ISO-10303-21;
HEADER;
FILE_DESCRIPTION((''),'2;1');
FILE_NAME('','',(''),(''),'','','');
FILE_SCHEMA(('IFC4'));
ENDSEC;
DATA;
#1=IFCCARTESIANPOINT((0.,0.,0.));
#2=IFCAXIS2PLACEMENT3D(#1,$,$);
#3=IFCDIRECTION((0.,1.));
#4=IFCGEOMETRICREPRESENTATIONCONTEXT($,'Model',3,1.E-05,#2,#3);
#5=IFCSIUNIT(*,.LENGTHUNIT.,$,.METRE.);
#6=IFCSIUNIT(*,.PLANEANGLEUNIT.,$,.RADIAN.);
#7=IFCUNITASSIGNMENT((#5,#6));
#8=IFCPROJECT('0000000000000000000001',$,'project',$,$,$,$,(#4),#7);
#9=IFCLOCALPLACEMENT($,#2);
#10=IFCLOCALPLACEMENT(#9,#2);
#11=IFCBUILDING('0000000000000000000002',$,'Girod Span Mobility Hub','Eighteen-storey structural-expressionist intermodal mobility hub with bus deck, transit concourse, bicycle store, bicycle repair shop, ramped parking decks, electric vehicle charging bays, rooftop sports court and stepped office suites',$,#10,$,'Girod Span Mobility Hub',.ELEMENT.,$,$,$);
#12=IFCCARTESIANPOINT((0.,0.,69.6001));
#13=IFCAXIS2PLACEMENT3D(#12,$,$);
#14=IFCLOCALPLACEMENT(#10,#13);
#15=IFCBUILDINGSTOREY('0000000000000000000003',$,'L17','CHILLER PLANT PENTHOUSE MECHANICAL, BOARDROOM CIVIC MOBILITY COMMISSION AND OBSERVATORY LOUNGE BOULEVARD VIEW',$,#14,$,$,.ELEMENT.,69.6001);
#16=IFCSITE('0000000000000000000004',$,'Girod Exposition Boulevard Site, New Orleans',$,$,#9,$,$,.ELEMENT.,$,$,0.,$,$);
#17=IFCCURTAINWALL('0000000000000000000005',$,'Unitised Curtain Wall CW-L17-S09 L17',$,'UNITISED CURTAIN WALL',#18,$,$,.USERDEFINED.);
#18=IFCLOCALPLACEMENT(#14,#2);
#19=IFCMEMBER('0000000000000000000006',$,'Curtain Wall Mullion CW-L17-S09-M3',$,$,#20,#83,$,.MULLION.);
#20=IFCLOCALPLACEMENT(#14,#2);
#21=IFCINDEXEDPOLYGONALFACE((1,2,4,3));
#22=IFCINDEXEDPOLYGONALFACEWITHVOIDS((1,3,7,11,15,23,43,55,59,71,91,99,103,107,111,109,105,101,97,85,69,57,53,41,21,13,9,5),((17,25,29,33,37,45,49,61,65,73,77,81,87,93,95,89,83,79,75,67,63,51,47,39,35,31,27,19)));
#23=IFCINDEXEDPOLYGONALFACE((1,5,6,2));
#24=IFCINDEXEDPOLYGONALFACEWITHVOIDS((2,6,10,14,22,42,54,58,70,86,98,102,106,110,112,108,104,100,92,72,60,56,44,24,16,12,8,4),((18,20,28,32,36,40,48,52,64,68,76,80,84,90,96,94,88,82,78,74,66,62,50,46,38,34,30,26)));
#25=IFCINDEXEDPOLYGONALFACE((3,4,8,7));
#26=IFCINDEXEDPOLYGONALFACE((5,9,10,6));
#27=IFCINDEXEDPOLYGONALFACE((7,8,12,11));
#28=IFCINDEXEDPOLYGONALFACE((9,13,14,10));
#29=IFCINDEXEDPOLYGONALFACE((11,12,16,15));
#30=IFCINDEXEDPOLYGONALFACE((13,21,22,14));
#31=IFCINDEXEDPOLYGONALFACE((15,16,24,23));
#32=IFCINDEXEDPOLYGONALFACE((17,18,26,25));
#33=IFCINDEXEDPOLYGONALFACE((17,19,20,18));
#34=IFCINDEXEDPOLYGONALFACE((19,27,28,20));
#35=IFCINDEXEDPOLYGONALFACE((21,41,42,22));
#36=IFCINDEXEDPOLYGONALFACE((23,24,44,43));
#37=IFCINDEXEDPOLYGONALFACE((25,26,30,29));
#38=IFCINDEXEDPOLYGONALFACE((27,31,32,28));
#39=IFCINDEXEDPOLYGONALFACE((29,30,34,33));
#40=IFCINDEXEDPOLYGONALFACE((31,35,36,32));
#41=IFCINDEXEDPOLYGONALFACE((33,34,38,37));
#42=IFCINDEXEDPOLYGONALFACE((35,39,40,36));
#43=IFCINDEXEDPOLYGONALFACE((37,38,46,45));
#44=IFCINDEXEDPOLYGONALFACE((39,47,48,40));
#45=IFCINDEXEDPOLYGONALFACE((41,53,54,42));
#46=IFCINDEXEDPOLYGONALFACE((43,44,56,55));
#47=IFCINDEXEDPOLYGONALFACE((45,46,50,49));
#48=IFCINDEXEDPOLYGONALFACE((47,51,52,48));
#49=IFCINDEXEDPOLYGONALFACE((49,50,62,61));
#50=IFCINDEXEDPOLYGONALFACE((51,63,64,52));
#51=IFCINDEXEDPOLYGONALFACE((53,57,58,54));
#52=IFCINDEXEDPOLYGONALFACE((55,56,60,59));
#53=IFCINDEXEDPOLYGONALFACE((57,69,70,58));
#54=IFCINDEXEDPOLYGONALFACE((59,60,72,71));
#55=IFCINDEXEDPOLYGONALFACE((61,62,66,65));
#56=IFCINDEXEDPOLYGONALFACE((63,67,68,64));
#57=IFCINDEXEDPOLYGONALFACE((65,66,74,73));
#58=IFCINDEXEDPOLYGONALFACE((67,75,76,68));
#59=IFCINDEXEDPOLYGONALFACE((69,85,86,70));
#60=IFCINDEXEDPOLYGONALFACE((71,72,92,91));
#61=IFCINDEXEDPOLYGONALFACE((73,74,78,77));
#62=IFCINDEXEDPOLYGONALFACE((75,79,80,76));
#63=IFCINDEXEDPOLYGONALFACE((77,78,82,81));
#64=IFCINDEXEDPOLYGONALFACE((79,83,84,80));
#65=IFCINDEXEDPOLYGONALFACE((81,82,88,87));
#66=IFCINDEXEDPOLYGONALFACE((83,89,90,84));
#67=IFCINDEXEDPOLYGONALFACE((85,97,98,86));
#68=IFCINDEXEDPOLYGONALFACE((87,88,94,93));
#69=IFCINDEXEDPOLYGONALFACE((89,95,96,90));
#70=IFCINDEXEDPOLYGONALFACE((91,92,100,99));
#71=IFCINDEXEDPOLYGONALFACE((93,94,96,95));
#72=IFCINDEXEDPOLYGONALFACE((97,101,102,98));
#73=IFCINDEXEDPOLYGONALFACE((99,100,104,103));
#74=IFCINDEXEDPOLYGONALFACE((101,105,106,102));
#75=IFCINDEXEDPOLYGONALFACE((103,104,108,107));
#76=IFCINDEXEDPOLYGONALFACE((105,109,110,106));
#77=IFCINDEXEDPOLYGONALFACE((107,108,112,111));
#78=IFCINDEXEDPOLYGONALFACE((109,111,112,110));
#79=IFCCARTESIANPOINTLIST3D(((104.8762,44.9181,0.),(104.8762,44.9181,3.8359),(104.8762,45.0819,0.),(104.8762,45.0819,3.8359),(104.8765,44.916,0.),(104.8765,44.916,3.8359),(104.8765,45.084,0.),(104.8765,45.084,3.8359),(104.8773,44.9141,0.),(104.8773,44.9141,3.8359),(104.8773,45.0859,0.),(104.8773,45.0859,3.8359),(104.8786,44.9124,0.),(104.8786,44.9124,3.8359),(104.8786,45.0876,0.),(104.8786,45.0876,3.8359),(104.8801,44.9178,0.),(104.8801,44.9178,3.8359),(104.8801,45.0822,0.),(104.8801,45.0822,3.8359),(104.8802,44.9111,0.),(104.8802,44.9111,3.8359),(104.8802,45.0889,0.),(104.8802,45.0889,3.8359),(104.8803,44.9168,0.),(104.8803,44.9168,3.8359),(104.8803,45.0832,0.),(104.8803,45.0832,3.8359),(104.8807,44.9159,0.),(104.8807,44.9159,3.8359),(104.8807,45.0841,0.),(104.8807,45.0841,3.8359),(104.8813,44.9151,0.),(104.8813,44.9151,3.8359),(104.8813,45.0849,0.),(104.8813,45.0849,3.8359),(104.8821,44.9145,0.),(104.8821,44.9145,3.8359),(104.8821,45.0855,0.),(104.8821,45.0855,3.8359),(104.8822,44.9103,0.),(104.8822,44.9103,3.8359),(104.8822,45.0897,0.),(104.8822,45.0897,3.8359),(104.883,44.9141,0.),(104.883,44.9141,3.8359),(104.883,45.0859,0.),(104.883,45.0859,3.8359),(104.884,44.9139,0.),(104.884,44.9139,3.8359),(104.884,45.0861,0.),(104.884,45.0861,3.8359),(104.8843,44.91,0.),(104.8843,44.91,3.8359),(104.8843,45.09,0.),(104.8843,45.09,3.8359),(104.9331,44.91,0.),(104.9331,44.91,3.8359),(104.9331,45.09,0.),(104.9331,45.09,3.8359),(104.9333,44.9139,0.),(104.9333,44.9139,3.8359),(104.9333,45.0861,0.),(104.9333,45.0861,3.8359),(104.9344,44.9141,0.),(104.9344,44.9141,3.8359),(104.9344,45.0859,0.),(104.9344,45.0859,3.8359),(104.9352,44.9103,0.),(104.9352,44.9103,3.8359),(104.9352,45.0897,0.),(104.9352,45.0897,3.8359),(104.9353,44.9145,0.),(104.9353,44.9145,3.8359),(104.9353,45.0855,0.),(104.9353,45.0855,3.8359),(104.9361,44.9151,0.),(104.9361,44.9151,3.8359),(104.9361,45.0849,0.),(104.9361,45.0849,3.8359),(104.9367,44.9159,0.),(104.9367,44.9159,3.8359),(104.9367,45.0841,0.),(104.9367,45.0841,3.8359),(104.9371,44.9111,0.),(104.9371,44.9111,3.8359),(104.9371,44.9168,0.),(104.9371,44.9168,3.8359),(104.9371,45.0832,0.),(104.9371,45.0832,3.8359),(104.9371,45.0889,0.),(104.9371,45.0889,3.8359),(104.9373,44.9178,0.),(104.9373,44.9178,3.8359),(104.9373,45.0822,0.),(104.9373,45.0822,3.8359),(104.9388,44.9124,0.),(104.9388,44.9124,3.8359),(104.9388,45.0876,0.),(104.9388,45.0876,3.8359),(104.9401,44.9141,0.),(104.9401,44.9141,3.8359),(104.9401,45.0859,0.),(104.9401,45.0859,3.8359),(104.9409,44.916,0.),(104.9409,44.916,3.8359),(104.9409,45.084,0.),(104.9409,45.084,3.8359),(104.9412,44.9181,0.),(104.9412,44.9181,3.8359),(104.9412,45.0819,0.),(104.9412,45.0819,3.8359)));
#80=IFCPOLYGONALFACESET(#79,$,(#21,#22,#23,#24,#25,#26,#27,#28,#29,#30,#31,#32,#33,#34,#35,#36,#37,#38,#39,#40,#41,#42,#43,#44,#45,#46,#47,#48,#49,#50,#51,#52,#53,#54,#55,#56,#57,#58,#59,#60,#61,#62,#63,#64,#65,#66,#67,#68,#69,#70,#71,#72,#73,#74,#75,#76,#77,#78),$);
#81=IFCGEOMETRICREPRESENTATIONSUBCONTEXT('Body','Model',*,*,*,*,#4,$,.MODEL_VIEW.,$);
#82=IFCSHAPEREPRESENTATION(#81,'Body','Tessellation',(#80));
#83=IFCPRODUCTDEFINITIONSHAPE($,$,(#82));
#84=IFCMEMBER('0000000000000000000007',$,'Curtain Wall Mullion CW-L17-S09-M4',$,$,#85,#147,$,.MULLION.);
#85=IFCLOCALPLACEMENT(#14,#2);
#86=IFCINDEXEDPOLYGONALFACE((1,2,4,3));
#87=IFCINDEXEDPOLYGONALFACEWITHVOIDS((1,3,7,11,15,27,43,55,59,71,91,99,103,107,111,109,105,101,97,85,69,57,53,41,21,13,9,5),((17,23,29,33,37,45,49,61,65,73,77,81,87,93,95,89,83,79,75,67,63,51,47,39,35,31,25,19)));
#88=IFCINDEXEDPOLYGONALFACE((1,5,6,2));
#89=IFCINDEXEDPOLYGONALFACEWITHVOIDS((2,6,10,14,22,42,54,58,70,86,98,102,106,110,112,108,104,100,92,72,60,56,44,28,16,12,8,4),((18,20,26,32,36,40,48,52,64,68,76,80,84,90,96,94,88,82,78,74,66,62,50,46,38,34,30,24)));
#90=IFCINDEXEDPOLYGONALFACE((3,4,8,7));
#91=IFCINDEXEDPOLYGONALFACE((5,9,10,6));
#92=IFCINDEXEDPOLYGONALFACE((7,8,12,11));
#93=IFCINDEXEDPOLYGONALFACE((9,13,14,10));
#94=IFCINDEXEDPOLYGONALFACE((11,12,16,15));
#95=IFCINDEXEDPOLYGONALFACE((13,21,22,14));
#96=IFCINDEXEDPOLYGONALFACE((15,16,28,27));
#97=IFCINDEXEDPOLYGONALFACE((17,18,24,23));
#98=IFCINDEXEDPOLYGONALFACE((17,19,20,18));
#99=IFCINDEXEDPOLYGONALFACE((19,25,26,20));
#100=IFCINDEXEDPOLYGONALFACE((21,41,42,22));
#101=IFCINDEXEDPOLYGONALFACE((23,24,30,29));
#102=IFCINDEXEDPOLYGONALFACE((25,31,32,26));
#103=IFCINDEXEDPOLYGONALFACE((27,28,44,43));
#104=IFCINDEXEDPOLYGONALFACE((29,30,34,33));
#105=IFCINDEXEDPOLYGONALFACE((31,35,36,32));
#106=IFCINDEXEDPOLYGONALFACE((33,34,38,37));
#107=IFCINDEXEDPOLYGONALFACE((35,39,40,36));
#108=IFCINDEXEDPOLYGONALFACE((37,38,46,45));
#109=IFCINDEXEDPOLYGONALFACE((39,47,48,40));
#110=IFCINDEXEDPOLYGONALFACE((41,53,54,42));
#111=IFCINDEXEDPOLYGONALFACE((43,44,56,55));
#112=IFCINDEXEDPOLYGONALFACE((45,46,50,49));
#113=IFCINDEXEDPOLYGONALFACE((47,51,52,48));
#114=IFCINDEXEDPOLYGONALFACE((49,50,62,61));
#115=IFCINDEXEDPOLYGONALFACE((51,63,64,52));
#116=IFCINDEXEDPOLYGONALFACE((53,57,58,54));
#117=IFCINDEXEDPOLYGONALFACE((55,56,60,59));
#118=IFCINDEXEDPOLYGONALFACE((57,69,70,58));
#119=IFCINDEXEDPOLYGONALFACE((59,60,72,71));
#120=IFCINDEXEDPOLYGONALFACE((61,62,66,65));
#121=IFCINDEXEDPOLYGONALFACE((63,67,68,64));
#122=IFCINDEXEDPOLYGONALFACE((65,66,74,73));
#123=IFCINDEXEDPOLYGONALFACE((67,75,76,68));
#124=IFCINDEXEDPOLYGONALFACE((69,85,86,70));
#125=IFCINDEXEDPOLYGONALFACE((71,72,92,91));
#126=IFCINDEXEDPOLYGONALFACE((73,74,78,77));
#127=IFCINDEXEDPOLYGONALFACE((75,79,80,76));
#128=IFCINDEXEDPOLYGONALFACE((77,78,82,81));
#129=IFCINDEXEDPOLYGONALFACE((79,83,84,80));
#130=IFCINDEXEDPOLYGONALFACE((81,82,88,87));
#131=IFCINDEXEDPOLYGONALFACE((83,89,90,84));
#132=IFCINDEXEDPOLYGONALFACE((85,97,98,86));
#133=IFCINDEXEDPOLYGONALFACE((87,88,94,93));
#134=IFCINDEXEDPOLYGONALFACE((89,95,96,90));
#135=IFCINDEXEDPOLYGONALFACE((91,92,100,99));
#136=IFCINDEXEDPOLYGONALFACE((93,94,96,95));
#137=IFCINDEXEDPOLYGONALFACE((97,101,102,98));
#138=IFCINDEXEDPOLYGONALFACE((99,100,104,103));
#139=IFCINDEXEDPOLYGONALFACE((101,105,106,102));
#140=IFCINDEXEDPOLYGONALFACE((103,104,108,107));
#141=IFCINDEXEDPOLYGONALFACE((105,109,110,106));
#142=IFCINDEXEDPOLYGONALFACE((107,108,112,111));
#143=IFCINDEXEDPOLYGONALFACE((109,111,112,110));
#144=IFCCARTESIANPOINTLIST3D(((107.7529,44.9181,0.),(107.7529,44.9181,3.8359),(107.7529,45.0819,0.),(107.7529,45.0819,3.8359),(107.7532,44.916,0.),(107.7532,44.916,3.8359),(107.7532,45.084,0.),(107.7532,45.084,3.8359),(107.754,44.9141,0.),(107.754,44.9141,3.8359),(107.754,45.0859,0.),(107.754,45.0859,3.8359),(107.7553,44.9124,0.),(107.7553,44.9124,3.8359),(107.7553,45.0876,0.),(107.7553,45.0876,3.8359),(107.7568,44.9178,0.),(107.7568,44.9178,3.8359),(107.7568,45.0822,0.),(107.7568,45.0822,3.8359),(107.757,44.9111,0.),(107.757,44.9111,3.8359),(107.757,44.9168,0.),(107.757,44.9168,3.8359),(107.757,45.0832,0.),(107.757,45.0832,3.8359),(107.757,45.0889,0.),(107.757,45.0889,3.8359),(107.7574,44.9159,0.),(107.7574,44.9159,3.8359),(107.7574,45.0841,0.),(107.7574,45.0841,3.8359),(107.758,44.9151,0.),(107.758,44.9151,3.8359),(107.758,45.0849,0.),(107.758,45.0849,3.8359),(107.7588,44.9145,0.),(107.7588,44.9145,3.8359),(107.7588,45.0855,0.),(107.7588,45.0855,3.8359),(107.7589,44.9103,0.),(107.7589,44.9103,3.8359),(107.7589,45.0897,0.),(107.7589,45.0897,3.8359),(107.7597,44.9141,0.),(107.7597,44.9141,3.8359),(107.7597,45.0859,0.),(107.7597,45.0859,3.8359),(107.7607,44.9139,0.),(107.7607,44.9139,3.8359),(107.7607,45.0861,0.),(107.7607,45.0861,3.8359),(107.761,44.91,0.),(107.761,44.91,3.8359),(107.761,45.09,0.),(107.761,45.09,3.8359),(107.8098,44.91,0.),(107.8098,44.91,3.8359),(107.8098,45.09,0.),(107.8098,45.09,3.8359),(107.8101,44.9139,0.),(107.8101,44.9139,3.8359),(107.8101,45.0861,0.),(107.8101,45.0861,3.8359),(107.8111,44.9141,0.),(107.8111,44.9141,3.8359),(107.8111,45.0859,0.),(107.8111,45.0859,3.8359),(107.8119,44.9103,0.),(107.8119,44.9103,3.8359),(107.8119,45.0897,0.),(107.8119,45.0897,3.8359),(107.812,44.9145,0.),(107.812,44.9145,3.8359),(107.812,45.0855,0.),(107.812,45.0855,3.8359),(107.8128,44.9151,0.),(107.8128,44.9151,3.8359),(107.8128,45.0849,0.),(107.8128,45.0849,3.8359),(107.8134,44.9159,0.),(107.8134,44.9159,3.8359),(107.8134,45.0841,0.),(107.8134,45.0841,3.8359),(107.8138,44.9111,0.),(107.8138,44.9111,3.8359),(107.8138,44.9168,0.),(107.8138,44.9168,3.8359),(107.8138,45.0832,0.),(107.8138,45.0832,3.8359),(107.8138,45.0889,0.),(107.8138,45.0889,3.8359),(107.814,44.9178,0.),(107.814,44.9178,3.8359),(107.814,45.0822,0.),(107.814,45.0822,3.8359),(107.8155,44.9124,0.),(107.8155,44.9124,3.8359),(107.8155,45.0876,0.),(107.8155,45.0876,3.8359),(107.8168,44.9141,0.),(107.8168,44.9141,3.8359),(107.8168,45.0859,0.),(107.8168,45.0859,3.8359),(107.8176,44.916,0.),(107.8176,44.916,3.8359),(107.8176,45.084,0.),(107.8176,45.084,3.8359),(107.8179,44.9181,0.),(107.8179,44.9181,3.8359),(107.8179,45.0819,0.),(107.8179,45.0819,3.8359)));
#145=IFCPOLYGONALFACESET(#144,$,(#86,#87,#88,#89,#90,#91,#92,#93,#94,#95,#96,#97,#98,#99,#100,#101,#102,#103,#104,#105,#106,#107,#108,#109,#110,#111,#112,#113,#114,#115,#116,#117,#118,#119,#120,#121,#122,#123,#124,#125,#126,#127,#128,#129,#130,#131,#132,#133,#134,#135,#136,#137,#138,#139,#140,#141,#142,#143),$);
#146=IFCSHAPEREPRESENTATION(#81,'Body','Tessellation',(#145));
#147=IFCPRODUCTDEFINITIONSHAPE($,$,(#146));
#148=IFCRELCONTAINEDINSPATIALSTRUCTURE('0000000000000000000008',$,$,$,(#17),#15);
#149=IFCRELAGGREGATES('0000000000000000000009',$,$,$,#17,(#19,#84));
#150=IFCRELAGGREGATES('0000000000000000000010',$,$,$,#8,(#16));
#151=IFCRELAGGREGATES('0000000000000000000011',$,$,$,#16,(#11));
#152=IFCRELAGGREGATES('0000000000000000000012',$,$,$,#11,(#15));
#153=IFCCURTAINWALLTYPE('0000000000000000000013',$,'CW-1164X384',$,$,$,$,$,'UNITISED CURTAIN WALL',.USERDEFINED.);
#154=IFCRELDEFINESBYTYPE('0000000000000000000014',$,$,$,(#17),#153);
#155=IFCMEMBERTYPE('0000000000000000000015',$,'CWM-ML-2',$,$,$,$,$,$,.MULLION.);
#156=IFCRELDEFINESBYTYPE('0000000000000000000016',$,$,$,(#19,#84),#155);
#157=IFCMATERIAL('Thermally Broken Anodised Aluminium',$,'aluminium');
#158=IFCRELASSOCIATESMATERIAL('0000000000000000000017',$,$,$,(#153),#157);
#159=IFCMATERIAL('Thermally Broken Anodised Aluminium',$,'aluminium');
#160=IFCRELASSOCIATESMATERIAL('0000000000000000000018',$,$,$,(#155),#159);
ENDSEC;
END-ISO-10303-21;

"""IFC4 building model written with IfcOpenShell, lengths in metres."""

from ifc_helpers import new_model, si_unit, direction, frame, origin, origin_2d, place, context, subcontext, project, spatial, hollow_rectangle, extrude, material, material_profile, profile_set, type_object, element, aggregate, save


model = new_model("IFC4")

# Units and contexts
model_context = context("Model", 3, precision=1e-05, world=origin(), true_north=direction((0.0, 1.0)))
body_context = subcontext(model_context, "Body", "Model", "MODEL_VIEW")
ifc_project = project(units=[si_unit("LENGTHUNIT", "METRE"), si_unit("PLANEANGLEUNIT", "RADIAN")], contexts=[model_context])

# Site, building, storey
site_placement = place(None, origin())
site = spatial("IfcSite", under=ifc_project, at=site_placement, Name="Girod Exposition Boulevard Site, New Orleans", CompositionType="ELEMENT", RefElevation=0.0)
building_placement = place(site_placement, origin())
building = spatial("IfcBuilding", under=site, at=building_placement, Name="Girod Span Mobility Hub", Description="Eighteen-storey structural-expressionist intermodal mobility hub with bus deck, transit concourse, bicycle store, bicycle repair shop, ramped parking decks, electric vehicle charging bays, rooftop sports court and stepped office suites", LongName="Girod Span Mobility Hub", CompositionType="ELEMENT")
storey_placement = place(building_placement, frame((0.0, 0.0, 69.6001)))
storey = spatial("IfcBuildingStorey", under=building, at=storey_placement, Name="L17", Description="CHILLER PLANT PENTHOUSE MECHANICAL, BOARDROOM CIVIC MOBILITY COMMISSION AND OBSERVATORY LOUNGE BOULEVARD VIEW", CompositionType="ELEMENT", Elevation=69.6001)

# Curtain wall, members
ifc_material_1 = material(Name="Thermally Broken Anodised Aluminium", Category="aluminium")
curtain_wall_type = type_object("IfcCurtainWallType", Name="CW-1164X384", ElementType="UNITISED CURTAIN WALL", PredefinedType="USERDEFINED", material=ifc_material_1)
curtain_wall_1_placement = place(storey_placement, origin())
curtain_wall_1 = element("IfcCurtainWall", 1, at=curtain_wall_1_placement, inside=storey, type_object=curtain_wall_type, Name="Unitised Curtain Wall CW-L17-S09 L17", ObjectType="UNITISED CURTAIN WALL", PredefinedType="USERDEFINED")
ifc_material_2 = material(Name="Thermally Broken Anodised Aluminium", Category="aluminium")
ifc_material_profile_1 = material_profile(ifc_material_2, hollow_rectangle(XDim=0.1799, YDim=0.0649, WallThickness=0.0039, InnerFilletRadius=0.0039, OuterFilletRadius=0.0081, at=origin_2d()), Name="CW-ML-65X180")
ifc_profile_set_1 = profile_set([ifc_material_profile_1], Name="Thermally Broken Anodised Aluminium")
member_type_1 = type_object("IfcMemberType", Name="CWM-ML-2", PredefinedType="MULLION", material=ifc_profile_set_1)
member_1_placement = place(storey_placement, frame((104.9087, 45.0, 0.0), z_axis=(0.0, 0.0, 1.0), x_axis=(0.0, 1.0, 0.0)))
member_1 = element("IfcMember", 2, at=member_1_placement, type_object=member_type_1, Name="Curtain Wall Mullion CW-L17-S09-M3", PredefinedType="MULLION", context=body_context, shape_type="SweptSolid", body=[
    extrude(hollow_rectangle(XDim=0.1799, YDim=0.0649, WallThickness=0.0039, InnerFilletRadius=0.0039, OuterFilletRadius=0.0081, at=origin_2d()), origin(), (0.0, 0.0, 1.0), 3.8359),
])
member_2_placement = place(storey_placement, frame((107.7854, 45.0, 0.0), z_axis=(0.0, 0.0, 1.0), x_axis=(0.0, 1.0, 0.0)))
member_2 = element("IfcMember", 3, at=member_2_placement, type_object=member_type_1, Name="Curtain Wall Mullion CW-L17-S09-M4", PredefinedType="MULLION", context=body_context, shape_type="SweptSolid", body=[
    extrude(hollow_rectangle(XDim=0.1799, YDim=0.0649, WallThickness=0.0039, InnerFilletRadius=0.0039, OuterFilletRadius=0.0081, at=origin_2d()), origin(), (0.0, 0.0, 1.0), 3.8359),
])

aggregate(curtain_wall_1, [member_1, member_2])

save(model, "model.ifc")
